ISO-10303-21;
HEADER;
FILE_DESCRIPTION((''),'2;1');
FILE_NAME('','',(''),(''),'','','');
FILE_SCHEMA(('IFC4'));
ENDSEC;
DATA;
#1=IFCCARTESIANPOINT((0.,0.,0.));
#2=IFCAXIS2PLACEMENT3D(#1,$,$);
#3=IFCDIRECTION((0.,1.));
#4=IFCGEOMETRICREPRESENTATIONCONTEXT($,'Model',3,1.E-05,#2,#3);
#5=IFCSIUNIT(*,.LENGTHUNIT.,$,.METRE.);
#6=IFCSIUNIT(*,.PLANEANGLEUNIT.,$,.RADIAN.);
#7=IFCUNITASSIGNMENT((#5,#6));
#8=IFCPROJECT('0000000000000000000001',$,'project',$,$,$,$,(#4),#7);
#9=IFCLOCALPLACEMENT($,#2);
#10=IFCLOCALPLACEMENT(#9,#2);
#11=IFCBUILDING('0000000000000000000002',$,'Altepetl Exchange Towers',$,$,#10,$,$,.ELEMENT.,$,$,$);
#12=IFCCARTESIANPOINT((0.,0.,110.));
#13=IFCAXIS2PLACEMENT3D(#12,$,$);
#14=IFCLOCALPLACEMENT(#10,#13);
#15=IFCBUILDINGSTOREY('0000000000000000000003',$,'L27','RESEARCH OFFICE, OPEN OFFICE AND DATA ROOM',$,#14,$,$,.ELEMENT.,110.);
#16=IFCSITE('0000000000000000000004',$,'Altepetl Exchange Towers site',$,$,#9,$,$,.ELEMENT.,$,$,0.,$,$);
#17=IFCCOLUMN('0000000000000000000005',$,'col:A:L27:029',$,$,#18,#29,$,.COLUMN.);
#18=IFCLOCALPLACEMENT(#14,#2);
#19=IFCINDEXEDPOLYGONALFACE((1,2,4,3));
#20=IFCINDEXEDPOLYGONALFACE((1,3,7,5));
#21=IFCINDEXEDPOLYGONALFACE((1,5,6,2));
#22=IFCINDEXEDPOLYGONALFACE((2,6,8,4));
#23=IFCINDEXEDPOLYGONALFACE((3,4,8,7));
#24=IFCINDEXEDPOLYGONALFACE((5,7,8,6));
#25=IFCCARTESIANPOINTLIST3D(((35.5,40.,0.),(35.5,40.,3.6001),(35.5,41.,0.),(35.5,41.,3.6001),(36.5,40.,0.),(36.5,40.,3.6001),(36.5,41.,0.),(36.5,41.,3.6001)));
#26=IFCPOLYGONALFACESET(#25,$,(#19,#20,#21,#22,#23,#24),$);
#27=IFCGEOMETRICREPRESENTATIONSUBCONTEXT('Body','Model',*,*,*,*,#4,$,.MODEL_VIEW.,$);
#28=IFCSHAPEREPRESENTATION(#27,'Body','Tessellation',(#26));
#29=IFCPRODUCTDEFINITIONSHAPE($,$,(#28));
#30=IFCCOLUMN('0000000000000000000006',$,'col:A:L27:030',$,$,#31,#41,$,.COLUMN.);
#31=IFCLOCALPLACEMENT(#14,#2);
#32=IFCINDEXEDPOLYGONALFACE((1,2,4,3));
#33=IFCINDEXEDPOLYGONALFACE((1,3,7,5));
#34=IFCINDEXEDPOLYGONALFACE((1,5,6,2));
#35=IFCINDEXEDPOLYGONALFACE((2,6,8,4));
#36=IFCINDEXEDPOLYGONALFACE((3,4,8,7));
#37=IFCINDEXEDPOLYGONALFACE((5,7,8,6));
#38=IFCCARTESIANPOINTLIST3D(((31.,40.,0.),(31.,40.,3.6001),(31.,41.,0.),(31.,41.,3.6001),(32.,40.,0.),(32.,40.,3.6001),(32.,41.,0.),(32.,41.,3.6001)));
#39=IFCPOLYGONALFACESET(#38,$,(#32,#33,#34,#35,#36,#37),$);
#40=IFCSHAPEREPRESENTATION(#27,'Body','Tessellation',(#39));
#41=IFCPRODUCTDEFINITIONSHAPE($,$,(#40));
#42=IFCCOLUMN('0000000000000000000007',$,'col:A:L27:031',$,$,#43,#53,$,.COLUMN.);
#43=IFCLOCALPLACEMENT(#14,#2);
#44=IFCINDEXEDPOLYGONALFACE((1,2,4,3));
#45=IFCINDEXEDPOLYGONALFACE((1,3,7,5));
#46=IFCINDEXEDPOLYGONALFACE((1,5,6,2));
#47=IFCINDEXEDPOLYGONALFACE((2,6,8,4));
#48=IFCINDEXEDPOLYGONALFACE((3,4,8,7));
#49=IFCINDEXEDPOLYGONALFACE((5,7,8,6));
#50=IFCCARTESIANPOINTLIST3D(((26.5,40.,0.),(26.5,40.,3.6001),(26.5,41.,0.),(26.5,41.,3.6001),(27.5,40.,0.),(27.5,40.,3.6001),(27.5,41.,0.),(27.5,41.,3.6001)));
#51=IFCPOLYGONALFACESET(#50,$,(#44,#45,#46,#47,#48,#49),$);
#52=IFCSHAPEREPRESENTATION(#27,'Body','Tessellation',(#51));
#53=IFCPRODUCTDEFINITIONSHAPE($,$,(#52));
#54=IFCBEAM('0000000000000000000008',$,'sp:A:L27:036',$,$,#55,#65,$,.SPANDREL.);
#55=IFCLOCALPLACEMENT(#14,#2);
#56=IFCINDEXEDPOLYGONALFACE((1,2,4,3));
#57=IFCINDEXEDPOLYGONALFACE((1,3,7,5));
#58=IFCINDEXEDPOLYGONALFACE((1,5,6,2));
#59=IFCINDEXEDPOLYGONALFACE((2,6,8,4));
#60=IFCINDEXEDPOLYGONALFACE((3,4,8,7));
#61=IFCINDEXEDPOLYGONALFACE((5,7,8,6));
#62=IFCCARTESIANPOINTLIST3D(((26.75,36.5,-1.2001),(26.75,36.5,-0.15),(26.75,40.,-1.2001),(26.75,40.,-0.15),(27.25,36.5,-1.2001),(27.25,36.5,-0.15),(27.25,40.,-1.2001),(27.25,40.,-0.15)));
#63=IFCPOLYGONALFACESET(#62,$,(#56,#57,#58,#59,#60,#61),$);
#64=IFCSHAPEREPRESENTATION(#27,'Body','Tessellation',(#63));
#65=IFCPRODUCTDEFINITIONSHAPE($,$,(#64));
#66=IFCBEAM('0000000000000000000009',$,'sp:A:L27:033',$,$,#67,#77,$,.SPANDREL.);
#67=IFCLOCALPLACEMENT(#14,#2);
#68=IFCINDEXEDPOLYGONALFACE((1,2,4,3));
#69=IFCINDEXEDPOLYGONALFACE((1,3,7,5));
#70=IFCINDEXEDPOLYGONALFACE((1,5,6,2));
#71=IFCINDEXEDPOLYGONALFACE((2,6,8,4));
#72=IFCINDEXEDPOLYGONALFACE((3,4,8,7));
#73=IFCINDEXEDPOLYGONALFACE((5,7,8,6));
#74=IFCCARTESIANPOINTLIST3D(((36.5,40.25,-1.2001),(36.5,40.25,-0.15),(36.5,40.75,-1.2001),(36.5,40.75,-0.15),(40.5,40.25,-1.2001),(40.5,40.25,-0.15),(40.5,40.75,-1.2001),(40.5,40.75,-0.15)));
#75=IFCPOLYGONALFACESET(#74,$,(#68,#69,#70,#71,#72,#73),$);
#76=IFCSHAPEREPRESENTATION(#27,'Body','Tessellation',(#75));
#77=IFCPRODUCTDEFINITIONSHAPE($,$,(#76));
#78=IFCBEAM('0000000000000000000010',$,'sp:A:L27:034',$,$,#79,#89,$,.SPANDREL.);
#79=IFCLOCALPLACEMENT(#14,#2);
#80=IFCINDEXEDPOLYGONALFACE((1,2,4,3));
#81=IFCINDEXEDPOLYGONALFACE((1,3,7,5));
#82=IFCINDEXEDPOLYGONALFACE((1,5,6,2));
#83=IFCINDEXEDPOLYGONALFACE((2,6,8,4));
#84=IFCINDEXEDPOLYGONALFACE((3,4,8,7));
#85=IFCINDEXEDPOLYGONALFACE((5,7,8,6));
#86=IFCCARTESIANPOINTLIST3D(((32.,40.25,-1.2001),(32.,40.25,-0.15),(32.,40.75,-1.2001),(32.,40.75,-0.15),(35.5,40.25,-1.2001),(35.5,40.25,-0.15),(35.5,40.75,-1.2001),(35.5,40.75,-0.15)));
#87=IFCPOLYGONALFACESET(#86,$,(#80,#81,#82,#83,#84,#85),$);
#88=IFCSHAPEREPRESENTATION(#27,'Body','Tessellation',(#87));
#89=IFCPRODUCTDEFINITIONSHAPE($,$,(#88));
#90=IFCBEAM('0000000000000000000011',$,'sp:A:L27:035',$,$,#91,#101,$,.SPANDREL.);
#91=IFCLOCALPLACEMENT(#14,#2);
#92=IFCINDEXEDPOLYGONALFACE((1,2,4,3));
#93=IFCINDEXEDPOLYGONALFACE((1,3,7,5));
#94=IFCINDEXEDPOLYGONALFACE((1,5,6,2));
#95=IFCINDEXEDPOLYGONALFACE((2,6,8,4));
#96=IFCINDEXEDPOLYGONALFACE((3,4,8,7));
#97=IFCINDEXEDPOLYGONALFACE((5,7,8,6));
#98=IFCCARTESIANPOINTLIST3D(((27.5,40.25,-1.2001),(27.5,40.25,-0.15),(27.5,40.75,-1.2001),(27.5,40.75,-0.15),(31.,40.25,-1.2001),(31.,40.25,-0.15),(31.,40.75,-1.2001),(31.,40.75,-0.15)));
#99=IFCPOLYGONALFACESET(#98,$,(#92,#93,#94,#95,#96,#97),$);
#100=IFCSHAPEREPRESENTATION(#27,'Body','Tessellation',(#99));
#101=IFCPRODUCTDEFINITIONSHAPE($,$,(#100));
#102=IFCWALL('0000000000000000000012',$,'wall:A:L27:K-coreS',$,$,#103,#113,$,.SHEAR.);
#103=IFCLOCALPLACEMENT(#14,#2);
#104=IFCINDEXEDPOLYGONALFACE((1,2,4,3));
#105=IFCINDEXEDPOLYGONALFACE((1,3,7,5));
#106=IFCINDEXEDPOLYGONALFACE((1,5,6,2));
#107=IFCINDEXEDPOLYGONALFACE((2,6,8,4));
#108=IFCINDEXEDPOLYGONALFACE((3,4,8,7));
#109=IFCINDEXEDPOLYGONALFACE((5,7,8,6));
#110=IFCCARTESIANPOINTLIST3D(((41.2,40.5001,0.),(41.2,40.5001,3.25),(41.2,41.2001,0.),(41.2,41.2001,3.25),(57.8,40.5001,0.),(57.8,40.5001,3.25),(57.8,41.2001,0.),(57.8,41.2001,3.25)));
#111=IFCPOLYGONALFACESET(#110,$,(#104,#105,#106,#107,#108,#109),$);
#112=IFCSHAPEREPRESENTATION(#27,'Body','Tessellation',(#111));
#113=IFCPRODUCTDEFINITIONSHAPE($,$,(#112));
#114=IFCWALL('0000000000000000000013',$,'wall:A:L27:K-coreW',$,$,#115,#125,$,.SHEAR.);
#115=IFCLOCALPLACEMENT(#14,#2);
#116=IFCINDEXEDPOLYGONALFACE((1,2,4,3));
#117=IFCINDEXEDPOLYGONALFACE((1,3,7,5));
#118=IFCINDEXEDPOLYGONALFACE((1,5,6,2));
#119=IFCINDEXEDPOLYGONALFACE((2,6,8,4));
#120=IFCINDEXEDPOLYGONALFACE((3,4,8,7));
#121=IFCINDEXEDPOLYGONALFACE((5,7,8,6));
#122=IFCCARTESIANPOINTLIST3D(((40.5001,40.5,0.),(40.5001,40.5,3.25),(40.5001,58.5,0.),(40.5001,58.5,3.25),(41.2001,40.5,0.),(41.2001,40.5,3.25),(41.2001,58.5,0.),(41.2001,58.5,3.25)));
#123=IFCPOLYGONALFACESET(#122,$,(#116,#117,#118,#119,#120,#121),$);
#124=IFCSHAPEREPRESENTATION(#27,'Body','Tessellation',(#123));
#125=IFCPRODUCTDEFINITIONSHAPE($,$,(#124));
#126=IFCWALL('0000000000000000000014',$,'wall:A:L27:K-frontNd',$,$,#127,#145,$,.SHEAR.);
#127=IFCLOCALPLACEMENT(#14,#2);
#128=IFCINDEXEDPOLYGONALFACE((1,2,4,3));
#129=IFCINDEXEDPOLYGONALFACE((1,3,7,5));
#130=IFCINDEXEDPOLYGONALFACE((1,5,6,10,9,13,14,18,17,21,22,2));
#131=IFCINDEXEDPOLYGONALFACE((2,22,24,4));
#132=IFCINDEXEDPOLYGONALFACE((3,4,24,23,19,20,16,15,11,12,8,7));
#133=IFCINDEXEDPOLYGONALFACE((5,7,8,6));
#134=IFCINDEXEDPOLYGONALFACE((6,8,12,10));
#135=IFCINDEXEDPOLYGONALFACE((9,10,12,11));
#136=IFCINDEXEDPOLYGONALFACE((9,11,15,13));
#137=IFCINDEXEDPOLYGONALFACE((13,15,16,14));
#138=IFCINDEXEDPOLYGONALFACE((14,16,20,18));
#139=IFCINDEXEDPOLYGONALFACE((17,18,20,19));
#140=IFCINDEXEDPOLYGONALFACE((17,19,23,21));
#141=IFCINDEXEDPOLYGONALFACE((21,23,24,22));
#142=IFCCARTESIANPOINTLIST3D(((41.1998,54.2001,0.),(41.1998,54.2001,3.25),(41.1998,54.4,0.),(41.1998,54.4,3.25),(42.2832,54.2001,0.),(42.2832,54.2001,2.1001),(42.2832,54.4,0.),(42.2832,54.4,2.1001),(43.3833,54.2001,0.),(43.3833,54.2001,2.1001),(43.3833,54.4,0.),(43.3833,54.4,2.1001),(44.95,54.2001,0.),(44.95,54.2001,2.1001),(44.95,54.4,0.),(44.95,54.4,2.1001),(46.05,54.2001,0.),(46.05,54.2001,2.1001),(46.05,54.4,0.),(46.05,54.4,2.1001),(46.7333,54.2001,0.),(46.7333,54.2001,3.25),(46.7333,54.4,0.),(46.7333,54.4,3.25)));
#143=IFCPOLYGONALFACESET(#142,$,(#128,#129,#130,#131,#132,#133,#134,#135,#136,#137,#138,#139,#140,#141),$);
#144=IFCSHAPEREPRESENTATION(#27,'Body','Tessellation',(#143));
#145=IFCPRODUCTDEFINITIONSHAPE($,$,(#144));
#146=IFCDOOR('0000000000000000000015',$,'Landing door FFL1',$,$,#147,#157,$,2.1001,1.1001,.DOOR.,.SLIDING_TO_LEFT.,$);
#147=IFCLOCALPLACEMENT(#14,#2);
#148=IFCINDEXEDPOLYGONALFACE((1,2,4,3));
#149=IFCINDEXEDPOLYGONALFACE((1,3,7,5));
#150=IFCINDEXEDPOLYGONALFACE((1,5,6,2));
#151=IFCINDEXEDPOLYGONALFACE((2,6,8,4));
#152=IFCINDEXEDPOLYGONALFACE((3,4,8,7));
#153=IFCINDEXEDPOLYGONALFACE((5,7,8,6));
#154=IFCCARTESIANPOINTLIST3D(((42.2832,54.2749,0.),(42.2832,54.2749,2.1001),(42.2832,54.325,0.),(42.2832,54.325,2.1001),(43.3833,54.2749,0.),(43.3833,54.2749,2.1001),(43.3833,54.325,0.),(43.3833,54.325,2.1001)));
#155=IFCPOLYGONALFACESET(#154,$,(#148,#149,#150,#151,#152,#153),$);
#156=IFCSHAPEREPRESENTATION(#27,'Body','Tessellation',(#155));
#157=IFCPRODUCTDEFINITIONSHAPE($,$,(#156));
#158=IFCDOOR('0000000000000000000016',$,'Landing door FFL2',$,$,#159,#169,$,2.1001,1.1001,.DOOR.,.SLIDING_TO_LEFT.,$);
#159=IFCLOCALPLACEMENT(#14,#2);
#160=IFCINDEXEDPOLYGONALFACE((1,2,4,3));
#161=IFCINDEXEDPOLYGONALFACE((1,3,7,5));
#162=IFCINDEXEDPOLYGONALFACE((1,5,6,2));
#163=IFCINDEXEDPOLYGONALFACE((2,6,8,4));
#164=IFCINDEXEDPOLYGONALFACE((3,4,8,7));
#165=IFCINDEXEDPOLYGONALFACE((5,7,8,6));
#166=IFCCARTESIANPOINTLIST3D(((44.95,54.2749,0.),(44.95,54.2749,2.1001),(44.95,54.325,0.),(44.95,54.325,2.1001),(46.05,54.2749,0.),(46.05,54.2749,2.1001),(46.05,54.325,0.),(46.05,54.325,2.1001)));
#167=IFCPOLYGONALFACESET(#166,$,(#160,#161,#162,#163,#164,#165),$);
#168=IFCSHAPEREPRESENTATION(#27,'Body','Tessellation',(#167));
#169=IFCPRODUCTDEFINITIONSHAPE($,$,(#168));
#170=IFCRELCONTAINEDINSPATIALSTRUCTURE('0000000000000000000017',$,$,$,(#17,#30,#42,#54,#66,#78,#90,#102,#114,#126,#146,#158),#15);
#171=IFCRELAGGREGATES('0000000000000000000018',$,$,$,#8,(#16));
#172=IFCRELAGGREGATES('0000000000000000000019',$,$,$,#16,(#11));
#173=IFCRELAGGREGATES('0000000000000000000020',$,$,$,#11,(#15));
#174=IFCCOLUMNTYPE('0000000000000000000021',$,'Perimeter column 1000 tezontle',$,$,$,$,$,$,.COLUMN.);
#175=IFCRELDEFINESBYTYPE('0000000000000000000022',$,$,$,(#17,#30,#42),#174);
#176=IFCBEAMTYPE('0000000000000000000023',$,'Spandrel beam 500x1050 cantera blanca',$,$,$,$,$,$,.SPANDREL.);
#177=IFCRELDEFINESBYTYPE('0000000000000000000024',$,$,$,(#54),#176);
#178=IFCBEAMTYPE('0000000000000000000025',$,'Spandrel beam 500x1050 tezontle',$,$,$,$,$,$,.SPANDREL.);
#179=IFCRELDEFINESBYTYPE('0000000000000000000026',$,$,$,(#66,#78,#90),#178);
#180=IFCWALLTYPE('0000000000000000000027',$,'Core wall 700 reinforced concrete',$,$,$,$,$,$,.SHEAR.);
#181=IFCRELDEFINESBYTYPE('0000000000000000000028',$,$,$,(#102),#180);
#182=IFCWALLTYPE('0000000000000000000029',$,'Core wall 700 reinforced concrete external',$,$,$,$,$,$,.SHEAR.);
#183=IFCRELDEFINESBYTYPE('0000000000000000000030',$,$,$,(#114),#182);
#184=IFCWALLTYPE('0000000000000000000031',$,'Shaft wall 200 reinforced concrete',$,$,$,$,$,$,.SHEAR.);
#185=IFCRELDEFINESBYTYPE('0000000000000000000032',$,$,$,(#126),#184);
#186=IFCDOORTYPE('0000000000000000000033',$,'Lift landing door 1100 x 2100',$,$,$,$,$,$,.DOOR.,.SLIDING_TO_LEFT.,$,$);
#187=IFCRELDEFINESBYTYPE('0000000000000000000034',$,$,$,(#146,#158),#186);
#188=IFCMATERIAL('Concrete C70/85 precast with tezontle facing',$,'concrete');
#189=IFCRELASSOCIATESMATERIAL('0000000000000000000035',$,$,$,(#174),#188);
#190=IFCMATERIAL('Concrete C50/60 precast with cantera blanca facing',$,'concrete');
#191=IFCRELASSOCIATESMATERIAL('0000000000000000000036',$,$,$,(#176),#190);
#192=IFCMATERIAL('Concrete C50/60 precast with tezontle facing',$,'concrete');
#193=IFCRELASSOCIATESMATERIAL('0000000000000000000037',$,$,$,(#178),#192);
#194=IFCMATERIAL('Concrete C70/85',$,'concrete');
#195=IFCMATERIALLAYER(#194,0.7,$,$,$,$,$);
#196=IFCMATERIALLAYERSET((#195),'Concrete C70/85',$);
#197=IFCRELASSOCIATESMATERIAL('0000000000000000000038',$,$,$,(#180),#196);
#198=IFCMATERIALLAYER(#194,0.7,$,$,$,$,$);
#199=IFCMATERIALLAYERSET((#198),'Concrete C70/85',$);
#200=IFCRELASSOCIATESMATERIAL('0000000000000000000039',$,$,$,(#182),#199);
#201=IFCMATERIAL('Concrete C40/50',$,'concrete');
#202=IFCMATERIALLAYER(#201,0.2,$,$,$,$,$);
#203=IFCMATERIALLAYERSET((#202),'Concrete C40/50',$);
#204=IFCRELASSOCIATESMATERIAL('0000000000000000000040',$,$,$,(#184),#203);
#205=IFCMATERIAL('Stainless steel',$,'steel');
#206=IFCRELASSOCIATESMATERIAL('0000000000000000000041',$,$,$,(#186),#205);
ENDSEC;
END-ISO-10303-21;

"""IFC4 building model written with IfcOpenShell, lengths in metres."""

from ifc_helpers import new_model, si_unit, direction, frame, frame_2d, origin, origin_2d, place, context, subcontext, project, spatial, rectangle, extrude, material, layer, layer_set, material_profile, profile_set, type_object, element, fill, save


model = new_model("IFC4")

# Units and contexts
model_context = context("Model", 3, precision=1e-05, world=origin(), true_north=direction((0.0, 1.0)))
body_context = subcontext(model_context, "Body", "Model", "MODEL_VIEW")
ifc_project = project(units=[si_unit("LENGTHUNIT", "METRE"), si_unit("PLANEANGLEUNIT", "RADIAN")], contexts=[model_context])

# Site, building, storey
site_placement = place(None, origin())
site = spatial("IfcSite", under=ifc_project, at=site_placement, Name="Altepetl Exchange Towers site", CompositionType="ELEMENT", RefElevation=0.0)
building_placement = place(site_placement, origin())
building = spatial("IfcBuilding", under=site, at=building_placement, Name="Altepetl Exchange Towers", CompositionType="ELEMENT")
storey_placement = place(building_placement, frame((0.0, 0.0, 110.0)))
storey = spatial("IfcBuildingStorey", under=building, at=storey_placement, Name="L27", Description="RESEARCH OFFICE, OPEN OFFICE AND DATA ROOM", CompositionType="ELEMENT", Elevation=110.0)

# Columns
ifc_material_1 = material(Name="Concrete C70/85 precast with tezontle facing", Category="concrete")
ifc_material_profile_1 = material_profile(ifc_material_1, rectangle(XDim=1.0, YDim=1.0, at=origin_2d()), Name="1000 x 1000")
ifc_profile_set_1 = profile_set([ifc_material_profile_1], Name="Concrete C70/85 precast with tezontle facing")
column_type = type_object("IfcColumnType", Name="Perimeter column 1000 tezontle", PredefinedType="COLUMN", material=ifc_profile_set_1)
for number, where, name in (
    (1, (36.0, 40.5, 0.0), "col:A:L27:029"),
    (2, (31.5, 40.5, 0.0), "col:A:L27:030"),
    (3, (27.0, 40.5, 0.0), "col:A:L27:031"),
):
    element("IfcColumn", number, at=place(storey_placement, frame(where)), inside=storey, type_object=column_type, Name=name, PredefinedType="COLUMN", context=body_context, shape_type="SweptSolid", body=[
        extrude(rectangle(XDim=1.0, YDim=1.0, at=origin_2d()), origin(), (0.0, 0.0, 1.0), 3.6001),
    ])

# Beams
ifc_material_2 = material(Name="Concrete C50/60 precast with cantera blanca facing", Category="concrete")
ifc_material_profile_2 = material_profile(ifc_material_2, rectangle(XDim=0.5, YDim=1.05, at=origin_2d()), Name="500 x 1050")
ifc_profile_set_2 = profile_set([ifc_material_profile_2], Name="Concrete C50/60 precast with cantera blanca facing")
beam_type_1 = type_object("IfcBeamType", Name="Spandrel beam 500x1050 cantera blanca", PredefinedType="SPANDREL", material=ifc_profile_set_2)
beam_1_placement = place(storey_placement, frame((27.0, 40.0, -0.675), z_axis=(0.0, -1.0, 0.0), x_axis=(1.0, 0.0, 0.0)))
element("IfcBeam", 4, at=beam_1_placement, inside=storey, type_object=beam_type_1, Name="sp:A:L27:036", PredefinedType="SPANDREL", context=body_context, shape_type="SweptSolid", body=[
    extrude(rectangle(XDim=0.5, YDim=1.05, at=origin_2d()), origin(), (0.0, 0.0, 1.0), 3.5),
])
ifc_material_3 = material(Name="Concrete C50/60 precast with tezontle facing", Category="concrete")
ifc_material_profile_3 = material_profile(ifc_material_3, rectangle(XDim=0.5, YDim=1.05, at=origin_2d()), Name="500 x 1050")
ifc_profile_set_3 = profile_set([ifc_material_profile_3], Name="Concrete C50/60 precast with tezontle facing")
beam_type_2 = type_object("IfcBeamType", Name="Spandrel beam 500x1050 tezontle", PredefinedType="SPANDREL", material=ifc_profile_set_3)
beam_2_placement = place(storey_placement, frame((40.5, 40.5, -0.675), z_axis=(-1.0, 0.0, 0.0), x_axis=(0.0, -1.0, 0.0)))
element("IfcBeam", 5, at=beam_2_placement, inside=storey, type_object=beam_type_2, Name="sp:A:L27:033", PredefinedType="SPANDREL", context=body_context, shape_type="SweptSolid", body=[
    extrude(rectangle(XDim=0.5, YDim=1.05, at=origin_2d()), origin(), (0.0, 0.0, 1.0), 4.0),
])
for number, where, z_axis, x_axis, name in (
    (6, (35.5, 40.5, -0.675), (-1.0, 0.0, 0.0), (0.0, -1.0, 0.0), "sp:A:L27:034"),
    (7, (31.0, 40.5, -0.675), (-1.0, 0.0, 0.0), (0.0, -1.0, 0.0), "sp:A:L27:035"),
):
    element("IfcBeam", number, at=place(storey_placement, frame(where, z_axis=z_axis, x_axis=x_axis)), inside=storey, type_object=beam_type_2, Name=name, PredefinedType="SPANDREL", context=body_context, shape_type="SweptSolid", body=[
        extrude(rectangle(XDim=0.5, YDim=1.05, at=origin_2d()), origin(), (0.0, 0.0, 1.0), 3.5),
    ])

# Walls
ifc_material_4 = material(Name="Concrete C70/85", Category="concrete")
ifc_layer_1 = layer(ifc_material_4, 0.7)
ifc_layer_set_1 = layer_set([ifc_layer_1], Name="Concrete C70/85")
wall_type_1 = type_object("IfcWallType", Name="Core wall 700 reinforced concrete", PredefinedType="SHEAR", material=ifc_layer_set_1)
wall_1_placement = place(storey_placement, frame((41.2, 40.8501, 0.0)))
element("IfcWall", 8, at=wall_1_placement, inside=storey, type_object=wall_type_1, Name="wall:A:L27:K-coreS", PredefinedType="SHEAR", context=body_context, shape_type="SweptSolid", body=[
    extrude(rectangle(XDim=16.6001, YDim=0.7, at=frame_2d((8.3, 0.0))), origin(), (0.0, 0.0, 1.0), 3.25),
])
ifc_layer_2 = layer(ifc_material_4, 0.7)
ifc_layer_set_2 = layer_set([ifc_layer_2], Name="Concrete C70/85")
wall_type_2 = type_object("IfcWallType", Name="Core wall 700 reinforced concrete external", PredefinedType="SHEAR", material=ifc_layer_set_2)
wall_2_placement = place(storey_placement, frame((40.8501, 40.5, 0.0), z_axis=(0.0, 0.0, 1.0), x_axis=(0.0, 1.0, 0.0)))
element("IfcWall", 9, at=wall_2_placement, inside=storey, type_object=wall_type_2, Name="wall:A:L27:K-coreW", PredefinedType="SHEAR", context=body_context, shape_type="SweptSolid", body=[
    extrude(rectangle(XDim=18.0, YDim=0.7, at=frame_2d((9.0, 0.0))), origin(), (0.0, 0.0, 1.0), 3.25),
])

# Wall, openings, doors
ifc_material_5 = material(Name="Concrete C40/50", Category="concrete")
ifc_layer_3 = layer(ifc_material_5, 0.2)
ifc_layer_set_3 = layer_set([ifc_layer_3], Name="Concrete C40/50")
wall_type_3 = type_object("IfcWallType", Name="Shaft wall 200 reinforced concrete", PredefinedType="SHEAR", material=ifc_layer_set_3)
wall_3_placement = place(storey_placement, frame((41.2, 54.3, 0.0)))
wall_3 = element("IfcWall", 10, at=wall_3_placement, inside=storey, type_object=wall_type_3, Name="wall:A:L27:K-frontNd", PredefinedType="SHEAR", context=body_context, shape_type="SweptSolid", body=[
    extrude(rectangle(XDim=5.5334, YDim=0.2, at=frame_2d((2.7666, 0.0))), origin(), (0.0, 0.0, 1.0), 3.25),
])
opening_1_placement = place(wall_3_placement, frame((1.0833, 0.0, 0.0)))
opening_1 = element("IfcOpeningElement", 11, at=opening_1_placement, cuts=wall_3, PredefinedType="OPENING", context=body_context, shape_type="SweptSolid", body=[
    extrude(rectangle(XDim=1.1001, YDim=2.1001, at=frame_2d((0.55, 1.05))), frame((0.0, 0.1099, 0.0), z_axis=(0.0, -1.0, 0.0), x_axis=(1.0, 0.0, 0.0)), (0.0, 0.0, 1.0), 0.22),
])
opening_2_placement = place(wall_3_placement, frame((3.75, 0.0, 0.0)))
opening_2 = element("IfcOpeningElement", 12, at=opening_2_placement, cuts=wall_3, PredefinedType="OPENING", context=body_context, shape_type="SweptSolid", body=[
    extrude(rectangle(XDim=1.1001, YDim=2.1001, at=frame_2d((0.55, 1.05))), frame((0.0, 0.1099, 0.0), z_axis=(0.0, -1.0, 0.0), x_axis=(1.0, 0.0, 0.0)), (0.0, 0.0, 1.0), 0.22),
])
ifc_material_6 = material(Name="Stainless steel", Category="steel")
door_type_1 = type_object("IfcDoorType", Name="Lift landing door 1100 x 2100", OperationType="SLIDING_TO_LEFT", PredefinedType="DOOR", material=ifc_material_6)
door_1_placement = place(opening_1_placement, origin())
door_1 = element("IfcDoor", 13, at=door_1_placement, inside=storey, type_object=door_type_1, Name="Landing door FFL1", OperationType="SLIDING_TO_LEFT", OverallHeight=2.1001, OverallWidth=1.1001, PredefinedType="DOOR", context=body_context, shape_type="SweptSolid", body=[
    extrude(rectangle(XDim=1.1001, YDim=2.1001, at=frame_2d((0.55, 1.05))), frame((0.0, 0.0249, 0.0), z_axis=(0.0, -1.0, 0.0), x_axis=(1.0, 0.0, 0.0)), (0.0, 0.0, 1.0), 0.05),
])
fill(opening_1, door_1)
door_2_placement = place(opening_2_placement, origin())
door_2 = element("IfcDoor", 14, at=door_2_placement, inside=storey, type_object=door_type_1, Name="Landing door FFL2", OperationType="SLIDING_TO_LEFT", OverallHeight=2.1001, OverallWidth=1.1001, PredefinedType="DOOR", context=body_context, shape_type="SweptSolid", body=[
    extrude(rectangle(XDim=1.1001, YDim=2.1001, at=frame_2d((0.55, 1.05))), frame((0.0, 0.0249, 0.0), z_axis=(0.0, -1.0, 0.0), x_axis=(1.0, 0.0, 0.0)), (0.0, 0.0, 1.0), 0.05),
])
fill(opening_2, door_2)

save(model, "model.ifc")
